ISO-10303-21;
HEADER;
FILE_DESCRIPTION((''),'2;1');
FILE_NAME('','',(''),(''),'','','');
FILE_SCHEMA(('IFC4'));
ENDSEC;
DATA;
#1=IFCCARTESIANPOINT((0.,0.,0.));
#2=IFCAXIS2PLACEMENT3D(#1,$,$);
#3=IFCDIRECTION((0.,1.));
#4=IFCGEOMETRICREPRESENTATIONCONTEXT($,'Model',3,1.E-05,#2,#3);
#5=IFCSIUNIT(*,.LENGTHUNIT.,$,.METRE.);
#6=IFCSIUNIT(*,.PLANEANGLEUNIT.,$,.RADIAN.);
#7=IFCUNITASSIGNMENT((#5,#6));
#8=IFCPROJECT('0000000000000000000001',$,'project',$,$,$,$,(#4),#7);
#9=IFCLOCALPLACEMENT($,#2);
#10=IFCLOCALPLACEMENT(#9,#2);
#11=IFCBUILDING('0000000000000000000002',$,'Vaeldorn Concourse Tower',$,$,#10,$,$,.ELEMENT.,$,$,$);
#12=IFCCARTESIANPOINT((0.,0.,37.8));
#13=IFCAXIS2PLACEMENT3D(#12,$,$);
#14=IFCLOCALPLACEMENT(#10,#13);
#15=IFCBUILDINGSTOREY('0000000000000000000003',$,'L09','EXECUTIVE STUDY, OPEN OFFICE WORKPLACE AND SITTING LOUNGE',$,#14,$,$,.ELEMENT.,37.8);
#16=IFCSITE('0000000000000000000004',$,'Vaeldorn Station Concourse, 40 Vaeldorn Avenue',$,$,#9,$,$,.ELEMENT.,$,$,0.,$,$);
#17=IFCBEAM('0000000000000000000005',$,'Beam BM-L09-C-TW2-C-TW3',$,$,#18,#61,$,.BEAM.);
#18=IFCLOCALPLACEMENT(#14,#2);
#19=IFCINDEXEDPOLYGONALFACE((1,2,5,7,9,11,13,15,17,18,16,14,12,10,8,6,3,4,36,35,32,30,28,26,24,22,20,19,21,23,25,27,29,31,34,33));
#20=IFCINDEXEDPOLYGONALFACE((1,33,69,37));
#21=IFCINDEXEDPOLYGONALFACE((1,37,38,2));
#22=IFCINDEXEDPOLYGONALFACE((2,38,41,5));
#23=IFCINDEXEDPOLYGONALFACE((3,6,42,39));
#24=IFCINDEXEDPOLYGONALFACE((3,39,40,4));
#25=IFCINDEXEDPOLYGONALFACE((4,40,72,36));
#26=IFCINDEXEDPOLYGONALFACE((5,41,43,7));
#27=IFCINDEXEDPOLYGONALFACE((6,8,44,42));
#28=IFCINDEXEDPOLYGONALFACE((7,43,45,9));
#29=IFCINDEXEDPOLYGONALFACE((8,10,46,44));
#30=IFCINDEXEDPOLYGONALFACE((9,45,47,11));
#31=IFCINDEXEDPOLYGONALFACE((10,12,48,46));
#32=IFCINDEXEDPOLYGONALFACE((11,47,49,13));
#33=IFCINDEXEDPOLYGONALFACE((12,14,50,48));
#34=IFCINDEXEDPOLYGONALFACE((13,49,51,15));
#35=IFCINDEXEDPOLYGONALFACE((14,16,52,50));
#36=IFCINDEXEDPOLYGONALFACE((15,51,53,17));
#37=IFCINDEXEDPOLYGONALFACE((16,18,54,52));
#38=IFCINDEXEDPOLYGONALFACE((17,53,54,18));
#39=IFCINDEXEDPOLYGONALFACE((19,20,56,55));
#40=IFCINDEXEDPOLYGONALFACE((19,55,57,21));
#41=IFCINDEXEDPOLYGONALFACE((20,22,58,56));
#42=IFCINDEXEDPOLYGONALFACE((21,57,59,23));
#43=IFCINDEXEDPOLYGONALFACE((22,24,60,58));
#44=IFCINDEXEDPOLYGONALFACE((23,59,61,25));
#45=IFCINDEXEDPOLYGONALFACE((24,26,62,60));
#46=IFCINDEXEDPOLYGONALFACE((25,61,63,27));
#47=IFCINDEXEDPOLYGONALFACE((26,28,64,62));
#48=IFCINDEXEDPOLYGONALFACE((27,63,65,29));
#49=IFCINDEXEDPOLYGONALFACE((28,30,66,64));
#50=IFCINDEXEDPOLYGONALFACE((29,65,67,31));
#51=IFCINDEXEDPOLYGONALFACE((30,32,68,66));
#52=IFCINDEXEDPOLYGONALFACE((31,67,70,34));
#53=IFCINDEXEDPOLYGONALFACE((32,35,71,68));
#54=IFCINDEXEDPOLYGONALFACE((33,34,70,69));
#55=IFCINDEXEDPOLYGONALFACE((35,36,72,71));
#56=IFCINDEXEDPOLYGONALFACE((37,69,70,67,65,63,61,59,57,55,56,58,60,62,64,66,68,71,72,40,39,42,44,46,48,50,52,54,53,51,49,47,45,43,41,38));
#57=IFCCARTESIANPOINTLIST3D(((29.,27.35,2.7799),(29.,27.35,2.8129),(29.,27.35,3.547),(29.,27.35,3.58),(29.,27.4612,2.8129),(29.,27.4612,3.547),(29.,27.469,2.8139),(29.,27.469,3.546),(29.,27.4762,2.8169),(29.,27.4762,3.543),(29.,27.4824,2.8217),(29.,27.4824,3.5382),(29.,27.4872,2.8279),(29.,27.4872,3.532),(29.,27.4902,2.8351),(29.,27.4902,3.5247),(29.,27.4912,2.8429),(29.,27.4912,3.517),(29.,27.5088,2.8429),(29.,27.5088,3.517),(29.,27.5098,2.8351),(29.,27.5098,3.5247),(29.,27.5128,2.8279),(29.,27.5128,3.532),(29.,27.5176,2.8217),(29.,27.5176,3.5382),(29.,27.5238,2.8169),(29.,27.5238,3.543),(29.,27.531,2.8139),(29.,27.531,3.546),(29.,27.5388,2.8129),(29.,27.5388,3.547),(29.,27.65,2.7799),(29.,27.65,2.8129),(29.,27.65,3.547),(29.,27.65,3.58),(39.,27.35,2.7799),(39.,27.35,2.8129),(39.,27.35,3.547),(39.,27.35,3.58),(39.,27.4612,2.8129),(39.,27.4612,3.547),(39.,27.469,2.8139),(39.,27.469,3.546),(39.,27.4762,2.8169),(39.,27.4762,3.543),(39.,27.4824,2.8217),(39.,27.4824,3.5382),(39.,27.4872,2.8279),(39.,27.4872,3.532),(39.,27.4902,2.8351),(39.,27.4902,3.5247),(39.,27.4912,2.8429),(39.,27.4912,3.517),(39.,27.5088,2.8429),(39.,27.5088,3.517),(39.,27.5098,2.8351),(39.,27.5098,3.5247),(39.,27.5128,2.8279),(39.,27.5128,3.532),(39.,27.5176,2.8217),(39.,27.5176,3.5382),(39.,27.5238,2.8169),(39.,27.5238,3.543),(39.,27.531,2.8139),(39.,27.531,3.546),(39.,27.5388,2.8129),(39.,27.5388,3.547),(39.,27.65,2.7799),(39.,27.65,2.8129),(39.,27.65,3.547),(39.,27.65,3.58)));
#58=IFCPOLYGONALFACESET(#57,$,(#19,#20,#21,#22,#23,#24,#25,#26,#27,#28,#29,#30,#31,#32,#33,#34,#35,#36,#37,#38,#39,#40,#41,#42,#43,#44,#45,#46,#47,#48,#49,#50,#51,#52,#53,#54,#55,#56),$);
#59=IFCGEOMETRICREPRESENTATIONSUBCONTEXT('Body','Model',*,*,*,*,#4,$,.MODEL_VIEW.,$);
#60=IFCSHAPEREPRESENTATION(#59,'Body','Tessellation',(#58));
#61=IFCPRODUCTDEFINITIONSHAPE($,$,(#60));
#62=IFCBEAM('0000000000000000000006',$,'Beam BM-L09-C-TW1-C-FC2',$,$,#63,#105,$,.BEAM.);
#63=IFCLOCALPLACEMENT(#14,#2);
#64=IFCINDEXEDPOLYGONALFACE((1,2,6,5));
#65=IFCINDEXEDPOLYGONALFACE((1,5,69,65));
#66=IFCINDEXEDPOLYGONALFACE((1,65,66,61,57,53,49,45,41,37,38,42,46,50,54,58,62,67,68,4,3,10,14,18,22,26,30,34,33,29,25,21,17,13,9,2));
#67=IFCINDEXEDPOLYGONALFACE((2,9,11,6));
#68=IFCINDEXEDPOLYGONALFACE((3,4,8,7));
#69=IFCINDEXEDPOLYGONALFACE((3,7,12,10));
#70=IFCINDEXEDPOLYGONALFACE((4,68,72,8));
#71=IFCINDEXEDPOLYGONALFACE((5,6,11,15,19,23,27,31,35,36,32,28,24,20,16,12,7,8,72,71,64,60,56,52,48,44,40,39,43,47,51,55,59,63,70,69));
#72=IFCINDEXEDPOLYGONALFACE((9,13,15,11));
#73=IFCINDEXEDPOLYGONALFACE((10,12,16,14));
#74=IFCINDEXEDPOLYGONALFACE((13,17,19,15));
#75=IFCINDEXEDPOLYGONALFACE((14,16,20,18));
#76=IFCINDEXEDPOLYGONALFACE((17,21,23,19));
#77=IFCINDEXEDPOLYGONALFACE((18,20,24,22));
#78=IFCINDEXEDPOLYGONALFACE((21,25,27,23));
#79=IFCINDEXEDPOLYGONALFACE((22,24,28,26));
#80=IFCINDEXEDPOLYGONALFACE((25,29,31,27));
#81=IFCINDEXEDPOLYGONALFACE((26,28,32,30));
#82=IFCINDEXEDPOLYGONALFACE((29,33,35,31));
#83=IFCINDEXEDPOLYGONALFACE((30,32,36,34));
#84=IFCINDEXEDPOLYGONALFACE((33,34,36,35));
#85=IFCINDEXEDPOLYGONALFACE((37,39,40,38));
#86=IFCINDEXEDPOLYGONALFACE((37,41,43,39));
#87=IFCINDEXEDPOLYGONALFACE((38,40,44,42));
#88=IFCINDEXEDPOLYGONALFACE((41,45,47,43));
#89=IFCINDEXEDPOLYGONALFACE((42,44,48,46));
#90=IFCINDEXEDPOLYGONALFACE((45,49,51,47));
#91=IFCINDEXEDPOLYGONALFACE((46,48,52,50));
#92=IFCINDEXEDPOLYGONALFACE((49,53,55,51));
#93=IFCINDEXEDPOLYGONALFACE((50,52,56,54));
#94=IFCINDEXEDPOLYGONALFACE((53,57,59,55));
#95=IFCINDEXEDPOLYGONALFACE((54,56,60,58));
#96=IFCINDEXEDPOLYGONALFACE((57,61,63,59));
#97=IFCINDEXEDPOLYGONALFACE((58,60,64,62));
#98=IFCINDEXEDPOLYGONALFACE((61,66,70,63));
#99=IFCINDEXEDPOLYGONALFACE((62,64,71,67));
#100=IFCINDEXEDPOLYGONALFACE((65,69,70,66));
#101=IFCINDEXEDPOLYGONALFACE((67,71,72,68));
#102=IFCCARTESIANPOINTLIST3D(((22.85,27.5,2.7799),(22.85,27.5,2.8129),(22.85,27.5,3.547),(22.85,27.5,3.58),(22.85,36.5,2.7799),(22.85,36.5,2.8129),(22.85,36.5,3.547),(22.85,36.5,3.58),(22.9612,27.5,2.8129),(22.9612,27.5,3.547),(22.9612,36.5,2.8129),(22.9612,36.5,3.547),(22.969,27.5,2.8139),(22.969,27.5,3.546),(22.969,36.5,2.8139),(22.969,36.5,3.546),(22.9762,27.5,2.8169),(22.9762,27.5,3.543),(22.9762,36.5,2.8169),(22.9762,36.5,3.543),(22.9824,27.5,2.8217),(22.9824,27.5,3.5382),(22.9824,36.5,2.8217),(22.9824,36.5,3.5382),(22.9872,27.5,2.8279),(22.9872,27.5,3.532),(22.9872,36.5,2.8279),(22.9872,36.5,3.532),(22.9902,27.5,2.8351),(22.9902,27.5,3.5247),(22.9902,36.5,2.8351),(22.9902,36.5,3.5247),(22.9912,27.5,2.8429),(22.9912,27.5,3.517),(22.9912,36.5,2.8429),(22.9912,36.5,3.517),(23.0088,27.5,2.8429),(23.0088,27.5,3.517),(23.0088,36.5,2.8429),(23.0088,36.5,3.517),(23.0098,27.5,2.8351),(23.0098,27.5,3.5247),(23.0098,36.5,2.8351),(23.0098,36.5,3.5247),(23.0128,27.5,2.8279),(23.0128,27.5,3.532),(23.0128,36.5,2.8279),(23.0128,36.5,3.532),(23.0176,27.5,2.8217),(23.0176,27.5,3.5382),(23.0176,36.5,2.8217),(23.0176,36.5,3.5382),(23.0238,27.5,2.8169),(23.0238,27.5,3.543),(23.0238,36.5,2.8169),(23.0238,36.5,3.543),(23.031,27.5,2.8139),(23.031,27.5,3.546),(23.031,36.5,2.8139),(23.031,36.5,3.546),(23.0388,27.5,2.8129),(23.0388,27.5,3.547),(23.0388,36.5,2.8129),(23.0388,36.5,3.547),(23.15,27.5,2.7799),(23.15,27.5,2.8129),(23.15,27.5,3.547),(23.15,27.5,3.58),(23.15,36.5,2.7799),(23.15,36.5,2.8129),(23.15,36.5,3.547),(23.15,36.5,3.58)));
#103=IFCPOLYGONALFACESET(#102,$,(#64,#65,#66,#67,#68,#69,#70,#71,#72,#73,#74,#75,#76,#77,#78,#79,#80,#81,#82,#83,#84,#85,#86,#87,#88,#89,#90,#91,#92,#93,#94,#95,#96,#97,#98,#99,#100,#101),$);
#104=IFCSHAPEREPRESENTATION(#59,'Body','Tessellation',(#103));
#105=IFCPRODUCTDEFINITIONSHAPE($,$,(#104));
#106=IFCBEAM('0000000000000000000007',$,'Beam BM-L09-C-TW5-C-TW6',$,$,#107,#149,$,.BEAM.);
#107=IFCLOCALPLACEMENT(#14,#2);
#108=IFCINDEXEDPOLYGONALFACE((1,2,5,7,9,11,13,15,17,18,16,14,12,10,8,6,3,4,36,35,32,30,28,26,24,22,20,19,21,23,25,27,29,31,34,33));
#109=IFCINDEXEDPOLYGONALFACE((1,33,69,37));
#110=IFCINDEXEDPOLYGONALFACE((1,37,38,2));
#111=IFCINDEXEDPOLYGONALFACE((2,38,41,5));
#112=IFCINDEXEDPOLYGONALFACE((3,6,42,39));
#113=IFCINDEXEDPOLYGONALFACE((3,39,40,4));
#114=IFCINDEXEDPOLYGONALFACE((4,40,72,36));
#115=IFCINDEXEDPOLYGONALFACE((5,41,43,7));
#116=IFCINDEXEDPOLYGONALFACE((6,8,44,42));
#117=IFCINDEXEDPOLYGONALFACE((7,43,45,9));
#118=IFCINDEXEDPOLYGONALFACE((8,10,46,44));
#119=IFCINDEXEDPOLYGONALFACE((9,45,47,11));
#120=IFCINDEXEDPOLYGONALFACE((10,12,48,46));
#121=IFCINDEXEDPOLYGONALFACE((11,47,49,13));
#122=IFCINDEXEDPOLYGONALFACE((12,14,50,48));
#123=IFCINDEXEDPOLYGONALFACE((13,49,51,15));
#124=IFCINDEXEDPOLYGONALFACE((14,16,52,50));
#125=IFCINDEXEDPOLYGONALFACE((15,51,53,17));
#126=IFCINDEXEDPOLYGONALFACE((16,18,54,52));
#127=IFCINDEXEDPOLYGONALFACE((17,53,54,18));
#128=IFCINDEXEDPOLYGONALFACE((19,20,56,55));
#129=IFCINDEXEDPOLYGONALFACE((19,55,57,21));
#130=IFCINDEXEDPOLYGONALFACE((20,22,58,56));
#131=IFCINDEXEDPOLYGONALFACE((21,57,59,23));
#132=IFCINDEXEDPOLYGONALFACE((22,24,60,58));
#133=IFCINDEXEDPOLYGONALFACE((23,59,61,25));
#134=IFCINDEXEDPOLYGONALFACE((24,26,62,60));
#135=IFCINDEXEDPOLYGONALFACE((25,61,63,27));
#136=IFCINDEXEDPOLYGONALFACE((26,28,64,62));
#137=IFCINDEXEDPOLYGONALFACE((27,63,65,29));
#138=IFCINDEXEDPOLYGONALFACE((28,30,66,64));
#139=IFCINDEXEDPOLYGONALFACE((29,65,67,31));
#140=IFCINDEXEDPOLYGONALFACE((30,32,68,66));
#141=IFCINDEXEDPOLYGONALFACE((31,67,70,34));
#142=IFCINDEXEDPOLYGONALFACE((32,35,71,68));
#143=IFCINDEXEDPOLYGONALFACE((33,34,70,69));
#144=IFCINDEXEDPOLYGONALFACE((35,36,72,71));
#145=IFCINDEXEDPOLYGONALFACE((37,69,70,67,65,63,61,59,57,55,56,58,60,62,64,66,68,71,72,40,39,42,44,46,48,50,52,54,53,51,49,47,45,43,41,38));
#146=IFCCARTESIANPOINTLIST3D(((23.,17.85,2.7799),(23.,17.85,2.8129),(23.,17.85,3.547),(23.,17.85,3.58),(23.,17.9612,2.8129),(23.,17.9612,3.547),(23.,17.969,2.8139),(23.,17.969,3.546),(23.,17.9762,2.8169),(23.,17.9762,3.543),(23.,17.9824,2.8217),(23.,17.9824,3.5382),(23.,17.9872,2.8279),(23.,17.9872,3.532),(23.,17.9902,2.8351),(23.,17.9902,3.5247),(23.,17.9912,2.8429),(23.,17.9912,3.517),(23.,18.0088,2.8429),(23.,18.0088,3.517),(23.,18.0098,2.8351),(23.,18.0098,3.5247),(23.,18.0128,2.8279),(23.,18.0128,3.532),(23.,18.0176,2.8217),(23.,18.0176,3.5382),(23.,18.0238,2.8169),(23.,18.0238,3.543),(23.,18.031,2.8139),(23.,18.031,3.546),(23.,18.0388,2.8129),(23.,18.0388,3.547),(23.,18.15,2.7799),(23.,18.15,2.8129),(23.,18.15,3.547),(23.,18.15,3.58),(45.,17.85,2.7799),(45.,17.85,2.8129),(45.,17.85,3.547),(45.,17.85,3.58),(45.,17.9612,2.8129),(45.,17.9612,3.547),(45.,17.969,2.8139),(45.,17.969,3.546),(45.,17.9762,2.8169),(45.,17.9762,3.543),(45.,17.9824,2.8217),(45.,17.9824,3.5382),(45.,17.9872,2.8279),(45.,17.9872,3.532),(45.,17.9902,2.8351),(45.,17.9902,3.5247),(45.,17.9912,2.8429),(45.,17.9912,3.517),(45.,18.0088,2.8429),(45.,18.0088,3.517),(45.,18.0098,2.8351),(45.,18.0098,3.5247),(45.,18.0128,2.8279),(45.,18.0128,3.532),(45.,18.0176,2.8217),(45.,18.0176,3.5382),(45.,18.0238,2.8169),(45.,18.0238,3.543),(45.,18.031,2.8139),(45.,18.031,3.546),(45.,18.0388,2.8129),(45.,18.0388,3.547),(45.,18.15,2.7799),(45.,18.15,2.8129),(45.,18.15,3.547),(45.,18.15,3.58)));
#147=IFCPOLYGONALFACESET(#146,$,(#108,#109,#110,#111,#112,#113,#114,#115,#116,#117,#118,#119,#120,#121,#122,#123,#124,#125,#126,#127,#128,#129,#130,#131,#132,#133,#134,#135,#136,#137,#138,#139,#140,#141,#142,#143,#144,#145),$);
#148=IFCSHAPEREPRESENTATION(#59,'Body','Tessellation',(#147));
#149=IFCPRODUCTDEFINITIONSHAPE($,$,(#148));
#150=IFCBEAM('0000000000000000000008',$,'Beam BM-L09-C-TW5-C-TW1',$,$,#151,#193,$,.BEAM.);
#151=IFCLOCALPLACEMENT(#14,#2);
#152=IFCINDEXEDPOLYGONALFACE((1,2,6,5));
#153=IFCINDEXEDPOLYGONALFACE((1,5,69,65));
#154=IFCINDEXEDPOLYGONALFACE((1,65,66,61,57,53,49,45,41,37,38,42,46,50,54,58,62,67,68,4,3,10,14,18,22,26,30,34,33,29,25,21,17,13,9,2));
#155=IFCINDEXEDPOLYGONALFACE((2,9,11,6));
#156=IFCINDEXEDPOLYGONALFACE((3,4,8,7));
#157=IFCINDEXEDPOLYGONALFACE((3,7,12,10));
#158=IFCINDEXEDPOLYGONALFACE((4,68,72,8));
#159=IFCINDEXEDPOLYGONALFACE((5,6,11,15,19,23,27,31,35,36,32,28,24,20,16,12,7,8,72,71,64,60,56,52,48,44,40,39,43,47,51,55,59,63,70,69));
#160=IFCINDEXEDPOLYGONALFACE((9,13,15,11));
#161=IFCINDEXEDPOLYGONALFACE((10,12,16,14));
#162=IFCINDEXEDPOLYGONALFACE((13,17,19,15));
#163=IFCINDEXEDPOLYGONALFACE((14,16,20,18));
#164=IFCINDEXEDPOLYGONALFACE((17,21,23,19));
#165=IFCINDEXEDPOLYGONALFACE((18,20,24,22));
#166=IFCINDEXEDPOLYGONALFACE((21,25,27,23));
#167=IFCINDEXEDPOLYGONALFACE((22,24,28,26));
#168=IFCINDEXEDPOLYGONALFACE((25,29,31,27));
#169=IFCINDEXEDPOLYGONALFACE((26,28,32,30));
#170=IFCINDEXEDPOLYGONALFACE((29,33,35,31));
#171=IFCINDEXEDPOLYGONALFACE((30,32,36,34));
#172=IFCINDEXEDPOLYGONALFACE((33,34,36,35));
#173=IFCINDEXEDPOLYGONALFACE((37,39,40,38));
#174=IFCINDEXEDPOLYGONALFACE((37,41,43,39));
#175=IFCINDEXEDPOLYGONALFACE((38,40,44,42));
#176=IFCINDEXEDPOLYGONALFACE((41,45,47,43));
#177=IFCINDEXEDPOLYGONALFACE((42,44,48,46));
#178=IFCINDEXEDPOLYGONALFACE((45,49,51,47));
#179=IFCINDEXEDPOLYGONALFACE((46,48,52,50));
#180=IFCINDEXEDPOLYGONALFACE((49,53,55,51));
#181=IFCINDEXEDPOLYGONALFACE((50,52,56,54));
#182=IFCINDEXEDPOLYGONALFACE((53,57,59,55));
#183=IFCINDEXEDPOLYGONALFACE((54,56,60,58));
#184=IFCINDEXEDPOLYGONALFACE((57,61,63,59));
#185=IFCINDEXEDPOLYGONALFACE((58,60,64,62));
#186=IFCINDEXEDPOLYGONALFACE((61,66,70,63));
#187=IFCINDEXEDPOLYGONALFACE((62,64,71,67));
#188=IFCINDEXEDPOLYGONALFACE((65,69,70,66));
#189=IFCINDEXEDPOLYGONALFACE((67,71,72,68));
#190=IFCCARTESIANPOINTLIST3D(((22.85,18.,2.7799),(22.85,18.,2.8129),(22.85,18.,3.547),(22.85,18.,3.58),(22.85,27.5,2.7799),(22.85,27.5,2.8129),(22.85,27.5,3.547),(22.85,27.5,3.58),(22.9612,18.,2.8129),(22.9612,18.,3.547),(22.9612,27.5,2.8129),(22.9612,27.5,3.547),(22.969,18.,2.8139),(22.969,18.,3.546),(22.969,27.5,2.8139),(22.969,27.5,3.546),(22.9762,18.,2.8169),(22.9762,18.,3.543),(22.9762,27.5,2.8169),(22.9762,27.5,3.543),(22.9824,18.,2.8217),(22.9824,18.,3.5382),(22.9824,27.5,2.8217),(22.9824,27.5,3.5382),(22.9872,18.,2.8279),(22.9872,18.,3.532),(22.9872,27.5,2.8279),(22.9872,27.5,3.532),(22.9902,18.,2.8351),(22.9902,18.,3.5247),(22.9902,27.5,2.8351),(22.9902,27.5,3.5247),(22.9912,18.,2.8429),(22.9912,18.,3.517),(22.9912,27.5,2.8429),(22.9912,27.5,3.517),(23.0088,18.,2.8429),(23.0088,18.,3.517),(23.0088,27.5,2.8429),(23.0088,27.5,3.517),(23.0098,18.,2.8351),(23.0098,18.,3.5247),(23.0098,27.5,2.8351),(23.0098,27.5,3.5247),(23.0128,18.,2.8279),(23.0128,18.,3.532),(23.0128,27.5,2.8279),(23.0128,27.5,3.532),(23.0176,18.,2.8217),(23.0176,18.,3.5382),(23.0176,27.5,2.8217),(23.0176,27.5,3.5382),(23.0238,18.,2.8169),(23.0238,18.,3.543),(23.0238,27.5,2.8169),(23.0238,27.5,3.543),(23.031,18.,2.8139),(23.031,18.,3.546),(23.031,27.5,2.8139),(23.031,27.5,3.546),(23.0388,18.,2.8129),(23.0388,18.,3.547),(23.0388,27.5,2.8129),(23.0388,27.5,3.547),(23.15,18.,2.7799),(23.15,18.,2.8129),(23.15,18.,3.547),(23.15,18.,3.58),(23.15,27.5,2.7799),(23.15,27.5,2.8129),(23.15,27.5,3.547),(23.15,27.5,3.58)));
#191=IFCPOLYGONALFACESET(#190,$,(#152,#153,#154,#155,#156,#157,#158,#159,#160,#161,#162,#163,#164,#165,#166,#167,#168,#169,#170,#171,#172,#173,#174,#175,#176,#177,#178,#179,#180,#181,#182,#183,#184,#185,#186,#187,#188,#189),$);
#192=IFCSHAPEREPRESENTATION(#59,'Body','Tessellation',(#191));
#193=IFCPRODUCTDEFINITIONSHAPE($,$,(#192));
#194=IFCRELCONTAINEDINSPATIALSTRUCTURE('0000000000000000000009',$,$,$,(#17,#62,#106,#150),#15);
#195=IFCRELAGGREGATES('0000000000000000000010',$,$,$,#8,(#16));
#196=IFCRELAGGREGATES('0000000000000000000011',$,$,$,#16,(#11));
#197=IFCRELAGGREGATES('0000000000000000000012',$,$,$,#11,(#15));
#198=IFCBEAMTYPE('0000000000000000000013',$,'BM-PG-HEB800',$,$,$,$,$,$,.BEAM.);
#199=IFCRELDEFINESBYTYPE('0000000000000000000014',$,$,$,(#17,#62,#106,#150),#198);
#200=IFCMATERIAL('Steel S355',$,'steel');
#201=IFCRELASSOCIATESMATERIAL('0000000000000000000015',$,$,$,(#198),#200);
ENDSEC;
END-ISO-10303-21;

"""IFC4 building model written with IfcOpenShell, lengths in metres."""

from ifc_helpers import new_model, si_unit, direction, frame, origin, origin_2d, place, context, subcontext, project, spatial, i_section, extrude, source, transform, mapped, material, material_profile, profile_set, type_object, element, save


model = new_model("IFC4")

# Units and contexts
model_context = context("Model", 3, precision=1e-05, world=origin(), true_north=direction((0.0, 1.0)))
body_context = subcontext(model_context, "Body", "Model", "MODEL_VIEW")
ifc_project = project(units=[si_unit("LENGTHUNIT", "METRE"), si_unit("PLANEANGLEUNIT", "RADIAN")], contexts=[model_context])

# Site, building, storey
site_placement = place(None, origin())
site = spatial("IfcSite", under=ifc_project, at=site_placement, Name="Vaeldorn Station Concourse, 40 Vaeldorn Avenue", CompositionType="ELEMENT", RefElevation=0.0)
building_placement = place(site_placement, origin())
building = spatial("IfcBuilding", under=site, at=building_placement, Name="Vaeldorn Concourse Tower", CompositionType="ELEMENT")
storey_placement = place(building_placement, frame((0.0, 0.0, 37.8)))
storey = spatial("IfcBuildingStorey", under=building, at=storey_placement, Name="L09", Description="EXECUTIVE STUDY, OPEN OFFICE WORKPLACE AND SITTING LOUNGE", CompositionType="ELEMENT", Elevation=37.8)

# Beams
ifc_material_1 = material(Name="Steel S355", Category="steel")
ifc_material_profile_1 = material_profile(ifc_material_1, i_section(OverallWidth=0.3, OverallDepth=0.8, WebThickness=0.0176, FlangeThickness=0.033, FilletRadius=0.03, at=origin_2d()), Name="HEB 800")
ifc_profile_set_1 = profile_set([ifc_material_profile_1], Name="Steel S355")
beam_type_1 = type_object("IfcBeamType", Name="BM-PG-HEB800", PredefinedType="BEAM", material=ifc_profile_set_1)
shared_shape_1 = source(origin(), body_context, "Body", "SweptSolid", [
    extrude(i_section(OverallWidth=0.3, OverallDepth=0.8, WebThickness=0.0176, FlangeThickness=0.033, FilletRadius=0.03, at=origin_2d()), origin(), (0.0, 0.0, 1.0), 10.0),
])
beam_1_placement = place(storey_placement, frame((29.0, 27.5, 3.1799), z_axis=(1.0, 0.0, 0.0), x_axis=(0.0, 1.0, 0.0)))
element("IfcBeam", 1, at=beam_1_placement, inside=storey, type_object=beam_type_1, Name="Beam BM-L09-C-TW2-C-TW3", PredefinedType="BEAM", context=body_context, shape_type="MappedRepresentation", body=[
    mapped(shared_shape_1, transform((0.0, 0.0, 0.0), scale=1.0)),
])
shared_shape_2 = source(origin(), body_context, "Body", "SweptSolid", [
    extrude(i_section(OverallWidth=0.3, OverallDepth=0.8, WebThickness=0.0176, FlangeThickness=0.033, FilletRadius=0.03, at=origin_2d()), origin(), (0.0, 0.0, 1.0), 9.0),
])
beam_2_placement = place(storey_placement, frame((23.0, 27.5, 3.1799), z_axis=(0.0, 1.0, 0.0), x_axis=(-1.0, 0.0, 0.0)))
element("IfcBeam", 2, at=beam_2_placement, inside=storey, type_object=beam_type_1, Name="Beam BM-L09-C-TW1-C-FC2", PredefinedType="BEAM", context=body_context, shape_type="MappedRepresentation", body=[
    mapped(shared_shape_2, transform((0.0, 0.0, 0.0), scale=1.0)),
])
shared_shape_3 = source(origin(), body_context, "Body", "SweptSolid", [
    extrude(i_section(OverallWidth=0.3, OverallDepth=0.8, WebThickness=0.0176, FlangeThickness=0.033, FilletRadius=0.03, at=origin_2d()), origin(), (0.0, 0.0, 1.0), 22.0),
])
beam_3_placement = place(storey_placement, frame((23.0, 18.0, 3.1799), z_axis=(1.0, 0.0, 0.0), x_axis=(0.0, 1.0, 0.0)))
element("IfcBeam", 3, at=beam_3_placement, inside=storey, type_object=beam_type_1, Name="Beam BM-L09-C-TW5-C-TW6", PredefinedType="BEAM", context=body_context, shape_type="MappedRepresentation", body=[
    mapped(shared_shape_3, transform((0.0, 0.0, 0.0), scale=1.0)),
])
shared_shape_4 = source(origin(), body_context, "Body", "SweptSolid", [
    extrude(i_section(OverallWidth=0.3, OverallDepth=0.8, WebThickness=0.0176, FlangeThickness=0.033, FilletRadius=0.03, at=origin_2d()), origin(), (0.0, 0.0, 1.0), 9.5),
])
beam_4_placement = place(storey_placement, frame((23.0, 18.0, 3.1799), z_axis=(0.0, 1.0, 0.0), x_axis=(-1.0, 0.0, 0.0)))
element("IfcBeam", 4, at=beam_4_placement, inside=storey, type_object=beam_type_1, Name="Beam BM-L09-C-TW5-C-TW1", PredefinedType="BEAM", context=body_context, shape_type="MappedRepresentation", body=[
    mapped(shared_shape_4, transform((0.0, 0.0, 0.0), scale=1.0)),
])

save(model, "model.ifc")
